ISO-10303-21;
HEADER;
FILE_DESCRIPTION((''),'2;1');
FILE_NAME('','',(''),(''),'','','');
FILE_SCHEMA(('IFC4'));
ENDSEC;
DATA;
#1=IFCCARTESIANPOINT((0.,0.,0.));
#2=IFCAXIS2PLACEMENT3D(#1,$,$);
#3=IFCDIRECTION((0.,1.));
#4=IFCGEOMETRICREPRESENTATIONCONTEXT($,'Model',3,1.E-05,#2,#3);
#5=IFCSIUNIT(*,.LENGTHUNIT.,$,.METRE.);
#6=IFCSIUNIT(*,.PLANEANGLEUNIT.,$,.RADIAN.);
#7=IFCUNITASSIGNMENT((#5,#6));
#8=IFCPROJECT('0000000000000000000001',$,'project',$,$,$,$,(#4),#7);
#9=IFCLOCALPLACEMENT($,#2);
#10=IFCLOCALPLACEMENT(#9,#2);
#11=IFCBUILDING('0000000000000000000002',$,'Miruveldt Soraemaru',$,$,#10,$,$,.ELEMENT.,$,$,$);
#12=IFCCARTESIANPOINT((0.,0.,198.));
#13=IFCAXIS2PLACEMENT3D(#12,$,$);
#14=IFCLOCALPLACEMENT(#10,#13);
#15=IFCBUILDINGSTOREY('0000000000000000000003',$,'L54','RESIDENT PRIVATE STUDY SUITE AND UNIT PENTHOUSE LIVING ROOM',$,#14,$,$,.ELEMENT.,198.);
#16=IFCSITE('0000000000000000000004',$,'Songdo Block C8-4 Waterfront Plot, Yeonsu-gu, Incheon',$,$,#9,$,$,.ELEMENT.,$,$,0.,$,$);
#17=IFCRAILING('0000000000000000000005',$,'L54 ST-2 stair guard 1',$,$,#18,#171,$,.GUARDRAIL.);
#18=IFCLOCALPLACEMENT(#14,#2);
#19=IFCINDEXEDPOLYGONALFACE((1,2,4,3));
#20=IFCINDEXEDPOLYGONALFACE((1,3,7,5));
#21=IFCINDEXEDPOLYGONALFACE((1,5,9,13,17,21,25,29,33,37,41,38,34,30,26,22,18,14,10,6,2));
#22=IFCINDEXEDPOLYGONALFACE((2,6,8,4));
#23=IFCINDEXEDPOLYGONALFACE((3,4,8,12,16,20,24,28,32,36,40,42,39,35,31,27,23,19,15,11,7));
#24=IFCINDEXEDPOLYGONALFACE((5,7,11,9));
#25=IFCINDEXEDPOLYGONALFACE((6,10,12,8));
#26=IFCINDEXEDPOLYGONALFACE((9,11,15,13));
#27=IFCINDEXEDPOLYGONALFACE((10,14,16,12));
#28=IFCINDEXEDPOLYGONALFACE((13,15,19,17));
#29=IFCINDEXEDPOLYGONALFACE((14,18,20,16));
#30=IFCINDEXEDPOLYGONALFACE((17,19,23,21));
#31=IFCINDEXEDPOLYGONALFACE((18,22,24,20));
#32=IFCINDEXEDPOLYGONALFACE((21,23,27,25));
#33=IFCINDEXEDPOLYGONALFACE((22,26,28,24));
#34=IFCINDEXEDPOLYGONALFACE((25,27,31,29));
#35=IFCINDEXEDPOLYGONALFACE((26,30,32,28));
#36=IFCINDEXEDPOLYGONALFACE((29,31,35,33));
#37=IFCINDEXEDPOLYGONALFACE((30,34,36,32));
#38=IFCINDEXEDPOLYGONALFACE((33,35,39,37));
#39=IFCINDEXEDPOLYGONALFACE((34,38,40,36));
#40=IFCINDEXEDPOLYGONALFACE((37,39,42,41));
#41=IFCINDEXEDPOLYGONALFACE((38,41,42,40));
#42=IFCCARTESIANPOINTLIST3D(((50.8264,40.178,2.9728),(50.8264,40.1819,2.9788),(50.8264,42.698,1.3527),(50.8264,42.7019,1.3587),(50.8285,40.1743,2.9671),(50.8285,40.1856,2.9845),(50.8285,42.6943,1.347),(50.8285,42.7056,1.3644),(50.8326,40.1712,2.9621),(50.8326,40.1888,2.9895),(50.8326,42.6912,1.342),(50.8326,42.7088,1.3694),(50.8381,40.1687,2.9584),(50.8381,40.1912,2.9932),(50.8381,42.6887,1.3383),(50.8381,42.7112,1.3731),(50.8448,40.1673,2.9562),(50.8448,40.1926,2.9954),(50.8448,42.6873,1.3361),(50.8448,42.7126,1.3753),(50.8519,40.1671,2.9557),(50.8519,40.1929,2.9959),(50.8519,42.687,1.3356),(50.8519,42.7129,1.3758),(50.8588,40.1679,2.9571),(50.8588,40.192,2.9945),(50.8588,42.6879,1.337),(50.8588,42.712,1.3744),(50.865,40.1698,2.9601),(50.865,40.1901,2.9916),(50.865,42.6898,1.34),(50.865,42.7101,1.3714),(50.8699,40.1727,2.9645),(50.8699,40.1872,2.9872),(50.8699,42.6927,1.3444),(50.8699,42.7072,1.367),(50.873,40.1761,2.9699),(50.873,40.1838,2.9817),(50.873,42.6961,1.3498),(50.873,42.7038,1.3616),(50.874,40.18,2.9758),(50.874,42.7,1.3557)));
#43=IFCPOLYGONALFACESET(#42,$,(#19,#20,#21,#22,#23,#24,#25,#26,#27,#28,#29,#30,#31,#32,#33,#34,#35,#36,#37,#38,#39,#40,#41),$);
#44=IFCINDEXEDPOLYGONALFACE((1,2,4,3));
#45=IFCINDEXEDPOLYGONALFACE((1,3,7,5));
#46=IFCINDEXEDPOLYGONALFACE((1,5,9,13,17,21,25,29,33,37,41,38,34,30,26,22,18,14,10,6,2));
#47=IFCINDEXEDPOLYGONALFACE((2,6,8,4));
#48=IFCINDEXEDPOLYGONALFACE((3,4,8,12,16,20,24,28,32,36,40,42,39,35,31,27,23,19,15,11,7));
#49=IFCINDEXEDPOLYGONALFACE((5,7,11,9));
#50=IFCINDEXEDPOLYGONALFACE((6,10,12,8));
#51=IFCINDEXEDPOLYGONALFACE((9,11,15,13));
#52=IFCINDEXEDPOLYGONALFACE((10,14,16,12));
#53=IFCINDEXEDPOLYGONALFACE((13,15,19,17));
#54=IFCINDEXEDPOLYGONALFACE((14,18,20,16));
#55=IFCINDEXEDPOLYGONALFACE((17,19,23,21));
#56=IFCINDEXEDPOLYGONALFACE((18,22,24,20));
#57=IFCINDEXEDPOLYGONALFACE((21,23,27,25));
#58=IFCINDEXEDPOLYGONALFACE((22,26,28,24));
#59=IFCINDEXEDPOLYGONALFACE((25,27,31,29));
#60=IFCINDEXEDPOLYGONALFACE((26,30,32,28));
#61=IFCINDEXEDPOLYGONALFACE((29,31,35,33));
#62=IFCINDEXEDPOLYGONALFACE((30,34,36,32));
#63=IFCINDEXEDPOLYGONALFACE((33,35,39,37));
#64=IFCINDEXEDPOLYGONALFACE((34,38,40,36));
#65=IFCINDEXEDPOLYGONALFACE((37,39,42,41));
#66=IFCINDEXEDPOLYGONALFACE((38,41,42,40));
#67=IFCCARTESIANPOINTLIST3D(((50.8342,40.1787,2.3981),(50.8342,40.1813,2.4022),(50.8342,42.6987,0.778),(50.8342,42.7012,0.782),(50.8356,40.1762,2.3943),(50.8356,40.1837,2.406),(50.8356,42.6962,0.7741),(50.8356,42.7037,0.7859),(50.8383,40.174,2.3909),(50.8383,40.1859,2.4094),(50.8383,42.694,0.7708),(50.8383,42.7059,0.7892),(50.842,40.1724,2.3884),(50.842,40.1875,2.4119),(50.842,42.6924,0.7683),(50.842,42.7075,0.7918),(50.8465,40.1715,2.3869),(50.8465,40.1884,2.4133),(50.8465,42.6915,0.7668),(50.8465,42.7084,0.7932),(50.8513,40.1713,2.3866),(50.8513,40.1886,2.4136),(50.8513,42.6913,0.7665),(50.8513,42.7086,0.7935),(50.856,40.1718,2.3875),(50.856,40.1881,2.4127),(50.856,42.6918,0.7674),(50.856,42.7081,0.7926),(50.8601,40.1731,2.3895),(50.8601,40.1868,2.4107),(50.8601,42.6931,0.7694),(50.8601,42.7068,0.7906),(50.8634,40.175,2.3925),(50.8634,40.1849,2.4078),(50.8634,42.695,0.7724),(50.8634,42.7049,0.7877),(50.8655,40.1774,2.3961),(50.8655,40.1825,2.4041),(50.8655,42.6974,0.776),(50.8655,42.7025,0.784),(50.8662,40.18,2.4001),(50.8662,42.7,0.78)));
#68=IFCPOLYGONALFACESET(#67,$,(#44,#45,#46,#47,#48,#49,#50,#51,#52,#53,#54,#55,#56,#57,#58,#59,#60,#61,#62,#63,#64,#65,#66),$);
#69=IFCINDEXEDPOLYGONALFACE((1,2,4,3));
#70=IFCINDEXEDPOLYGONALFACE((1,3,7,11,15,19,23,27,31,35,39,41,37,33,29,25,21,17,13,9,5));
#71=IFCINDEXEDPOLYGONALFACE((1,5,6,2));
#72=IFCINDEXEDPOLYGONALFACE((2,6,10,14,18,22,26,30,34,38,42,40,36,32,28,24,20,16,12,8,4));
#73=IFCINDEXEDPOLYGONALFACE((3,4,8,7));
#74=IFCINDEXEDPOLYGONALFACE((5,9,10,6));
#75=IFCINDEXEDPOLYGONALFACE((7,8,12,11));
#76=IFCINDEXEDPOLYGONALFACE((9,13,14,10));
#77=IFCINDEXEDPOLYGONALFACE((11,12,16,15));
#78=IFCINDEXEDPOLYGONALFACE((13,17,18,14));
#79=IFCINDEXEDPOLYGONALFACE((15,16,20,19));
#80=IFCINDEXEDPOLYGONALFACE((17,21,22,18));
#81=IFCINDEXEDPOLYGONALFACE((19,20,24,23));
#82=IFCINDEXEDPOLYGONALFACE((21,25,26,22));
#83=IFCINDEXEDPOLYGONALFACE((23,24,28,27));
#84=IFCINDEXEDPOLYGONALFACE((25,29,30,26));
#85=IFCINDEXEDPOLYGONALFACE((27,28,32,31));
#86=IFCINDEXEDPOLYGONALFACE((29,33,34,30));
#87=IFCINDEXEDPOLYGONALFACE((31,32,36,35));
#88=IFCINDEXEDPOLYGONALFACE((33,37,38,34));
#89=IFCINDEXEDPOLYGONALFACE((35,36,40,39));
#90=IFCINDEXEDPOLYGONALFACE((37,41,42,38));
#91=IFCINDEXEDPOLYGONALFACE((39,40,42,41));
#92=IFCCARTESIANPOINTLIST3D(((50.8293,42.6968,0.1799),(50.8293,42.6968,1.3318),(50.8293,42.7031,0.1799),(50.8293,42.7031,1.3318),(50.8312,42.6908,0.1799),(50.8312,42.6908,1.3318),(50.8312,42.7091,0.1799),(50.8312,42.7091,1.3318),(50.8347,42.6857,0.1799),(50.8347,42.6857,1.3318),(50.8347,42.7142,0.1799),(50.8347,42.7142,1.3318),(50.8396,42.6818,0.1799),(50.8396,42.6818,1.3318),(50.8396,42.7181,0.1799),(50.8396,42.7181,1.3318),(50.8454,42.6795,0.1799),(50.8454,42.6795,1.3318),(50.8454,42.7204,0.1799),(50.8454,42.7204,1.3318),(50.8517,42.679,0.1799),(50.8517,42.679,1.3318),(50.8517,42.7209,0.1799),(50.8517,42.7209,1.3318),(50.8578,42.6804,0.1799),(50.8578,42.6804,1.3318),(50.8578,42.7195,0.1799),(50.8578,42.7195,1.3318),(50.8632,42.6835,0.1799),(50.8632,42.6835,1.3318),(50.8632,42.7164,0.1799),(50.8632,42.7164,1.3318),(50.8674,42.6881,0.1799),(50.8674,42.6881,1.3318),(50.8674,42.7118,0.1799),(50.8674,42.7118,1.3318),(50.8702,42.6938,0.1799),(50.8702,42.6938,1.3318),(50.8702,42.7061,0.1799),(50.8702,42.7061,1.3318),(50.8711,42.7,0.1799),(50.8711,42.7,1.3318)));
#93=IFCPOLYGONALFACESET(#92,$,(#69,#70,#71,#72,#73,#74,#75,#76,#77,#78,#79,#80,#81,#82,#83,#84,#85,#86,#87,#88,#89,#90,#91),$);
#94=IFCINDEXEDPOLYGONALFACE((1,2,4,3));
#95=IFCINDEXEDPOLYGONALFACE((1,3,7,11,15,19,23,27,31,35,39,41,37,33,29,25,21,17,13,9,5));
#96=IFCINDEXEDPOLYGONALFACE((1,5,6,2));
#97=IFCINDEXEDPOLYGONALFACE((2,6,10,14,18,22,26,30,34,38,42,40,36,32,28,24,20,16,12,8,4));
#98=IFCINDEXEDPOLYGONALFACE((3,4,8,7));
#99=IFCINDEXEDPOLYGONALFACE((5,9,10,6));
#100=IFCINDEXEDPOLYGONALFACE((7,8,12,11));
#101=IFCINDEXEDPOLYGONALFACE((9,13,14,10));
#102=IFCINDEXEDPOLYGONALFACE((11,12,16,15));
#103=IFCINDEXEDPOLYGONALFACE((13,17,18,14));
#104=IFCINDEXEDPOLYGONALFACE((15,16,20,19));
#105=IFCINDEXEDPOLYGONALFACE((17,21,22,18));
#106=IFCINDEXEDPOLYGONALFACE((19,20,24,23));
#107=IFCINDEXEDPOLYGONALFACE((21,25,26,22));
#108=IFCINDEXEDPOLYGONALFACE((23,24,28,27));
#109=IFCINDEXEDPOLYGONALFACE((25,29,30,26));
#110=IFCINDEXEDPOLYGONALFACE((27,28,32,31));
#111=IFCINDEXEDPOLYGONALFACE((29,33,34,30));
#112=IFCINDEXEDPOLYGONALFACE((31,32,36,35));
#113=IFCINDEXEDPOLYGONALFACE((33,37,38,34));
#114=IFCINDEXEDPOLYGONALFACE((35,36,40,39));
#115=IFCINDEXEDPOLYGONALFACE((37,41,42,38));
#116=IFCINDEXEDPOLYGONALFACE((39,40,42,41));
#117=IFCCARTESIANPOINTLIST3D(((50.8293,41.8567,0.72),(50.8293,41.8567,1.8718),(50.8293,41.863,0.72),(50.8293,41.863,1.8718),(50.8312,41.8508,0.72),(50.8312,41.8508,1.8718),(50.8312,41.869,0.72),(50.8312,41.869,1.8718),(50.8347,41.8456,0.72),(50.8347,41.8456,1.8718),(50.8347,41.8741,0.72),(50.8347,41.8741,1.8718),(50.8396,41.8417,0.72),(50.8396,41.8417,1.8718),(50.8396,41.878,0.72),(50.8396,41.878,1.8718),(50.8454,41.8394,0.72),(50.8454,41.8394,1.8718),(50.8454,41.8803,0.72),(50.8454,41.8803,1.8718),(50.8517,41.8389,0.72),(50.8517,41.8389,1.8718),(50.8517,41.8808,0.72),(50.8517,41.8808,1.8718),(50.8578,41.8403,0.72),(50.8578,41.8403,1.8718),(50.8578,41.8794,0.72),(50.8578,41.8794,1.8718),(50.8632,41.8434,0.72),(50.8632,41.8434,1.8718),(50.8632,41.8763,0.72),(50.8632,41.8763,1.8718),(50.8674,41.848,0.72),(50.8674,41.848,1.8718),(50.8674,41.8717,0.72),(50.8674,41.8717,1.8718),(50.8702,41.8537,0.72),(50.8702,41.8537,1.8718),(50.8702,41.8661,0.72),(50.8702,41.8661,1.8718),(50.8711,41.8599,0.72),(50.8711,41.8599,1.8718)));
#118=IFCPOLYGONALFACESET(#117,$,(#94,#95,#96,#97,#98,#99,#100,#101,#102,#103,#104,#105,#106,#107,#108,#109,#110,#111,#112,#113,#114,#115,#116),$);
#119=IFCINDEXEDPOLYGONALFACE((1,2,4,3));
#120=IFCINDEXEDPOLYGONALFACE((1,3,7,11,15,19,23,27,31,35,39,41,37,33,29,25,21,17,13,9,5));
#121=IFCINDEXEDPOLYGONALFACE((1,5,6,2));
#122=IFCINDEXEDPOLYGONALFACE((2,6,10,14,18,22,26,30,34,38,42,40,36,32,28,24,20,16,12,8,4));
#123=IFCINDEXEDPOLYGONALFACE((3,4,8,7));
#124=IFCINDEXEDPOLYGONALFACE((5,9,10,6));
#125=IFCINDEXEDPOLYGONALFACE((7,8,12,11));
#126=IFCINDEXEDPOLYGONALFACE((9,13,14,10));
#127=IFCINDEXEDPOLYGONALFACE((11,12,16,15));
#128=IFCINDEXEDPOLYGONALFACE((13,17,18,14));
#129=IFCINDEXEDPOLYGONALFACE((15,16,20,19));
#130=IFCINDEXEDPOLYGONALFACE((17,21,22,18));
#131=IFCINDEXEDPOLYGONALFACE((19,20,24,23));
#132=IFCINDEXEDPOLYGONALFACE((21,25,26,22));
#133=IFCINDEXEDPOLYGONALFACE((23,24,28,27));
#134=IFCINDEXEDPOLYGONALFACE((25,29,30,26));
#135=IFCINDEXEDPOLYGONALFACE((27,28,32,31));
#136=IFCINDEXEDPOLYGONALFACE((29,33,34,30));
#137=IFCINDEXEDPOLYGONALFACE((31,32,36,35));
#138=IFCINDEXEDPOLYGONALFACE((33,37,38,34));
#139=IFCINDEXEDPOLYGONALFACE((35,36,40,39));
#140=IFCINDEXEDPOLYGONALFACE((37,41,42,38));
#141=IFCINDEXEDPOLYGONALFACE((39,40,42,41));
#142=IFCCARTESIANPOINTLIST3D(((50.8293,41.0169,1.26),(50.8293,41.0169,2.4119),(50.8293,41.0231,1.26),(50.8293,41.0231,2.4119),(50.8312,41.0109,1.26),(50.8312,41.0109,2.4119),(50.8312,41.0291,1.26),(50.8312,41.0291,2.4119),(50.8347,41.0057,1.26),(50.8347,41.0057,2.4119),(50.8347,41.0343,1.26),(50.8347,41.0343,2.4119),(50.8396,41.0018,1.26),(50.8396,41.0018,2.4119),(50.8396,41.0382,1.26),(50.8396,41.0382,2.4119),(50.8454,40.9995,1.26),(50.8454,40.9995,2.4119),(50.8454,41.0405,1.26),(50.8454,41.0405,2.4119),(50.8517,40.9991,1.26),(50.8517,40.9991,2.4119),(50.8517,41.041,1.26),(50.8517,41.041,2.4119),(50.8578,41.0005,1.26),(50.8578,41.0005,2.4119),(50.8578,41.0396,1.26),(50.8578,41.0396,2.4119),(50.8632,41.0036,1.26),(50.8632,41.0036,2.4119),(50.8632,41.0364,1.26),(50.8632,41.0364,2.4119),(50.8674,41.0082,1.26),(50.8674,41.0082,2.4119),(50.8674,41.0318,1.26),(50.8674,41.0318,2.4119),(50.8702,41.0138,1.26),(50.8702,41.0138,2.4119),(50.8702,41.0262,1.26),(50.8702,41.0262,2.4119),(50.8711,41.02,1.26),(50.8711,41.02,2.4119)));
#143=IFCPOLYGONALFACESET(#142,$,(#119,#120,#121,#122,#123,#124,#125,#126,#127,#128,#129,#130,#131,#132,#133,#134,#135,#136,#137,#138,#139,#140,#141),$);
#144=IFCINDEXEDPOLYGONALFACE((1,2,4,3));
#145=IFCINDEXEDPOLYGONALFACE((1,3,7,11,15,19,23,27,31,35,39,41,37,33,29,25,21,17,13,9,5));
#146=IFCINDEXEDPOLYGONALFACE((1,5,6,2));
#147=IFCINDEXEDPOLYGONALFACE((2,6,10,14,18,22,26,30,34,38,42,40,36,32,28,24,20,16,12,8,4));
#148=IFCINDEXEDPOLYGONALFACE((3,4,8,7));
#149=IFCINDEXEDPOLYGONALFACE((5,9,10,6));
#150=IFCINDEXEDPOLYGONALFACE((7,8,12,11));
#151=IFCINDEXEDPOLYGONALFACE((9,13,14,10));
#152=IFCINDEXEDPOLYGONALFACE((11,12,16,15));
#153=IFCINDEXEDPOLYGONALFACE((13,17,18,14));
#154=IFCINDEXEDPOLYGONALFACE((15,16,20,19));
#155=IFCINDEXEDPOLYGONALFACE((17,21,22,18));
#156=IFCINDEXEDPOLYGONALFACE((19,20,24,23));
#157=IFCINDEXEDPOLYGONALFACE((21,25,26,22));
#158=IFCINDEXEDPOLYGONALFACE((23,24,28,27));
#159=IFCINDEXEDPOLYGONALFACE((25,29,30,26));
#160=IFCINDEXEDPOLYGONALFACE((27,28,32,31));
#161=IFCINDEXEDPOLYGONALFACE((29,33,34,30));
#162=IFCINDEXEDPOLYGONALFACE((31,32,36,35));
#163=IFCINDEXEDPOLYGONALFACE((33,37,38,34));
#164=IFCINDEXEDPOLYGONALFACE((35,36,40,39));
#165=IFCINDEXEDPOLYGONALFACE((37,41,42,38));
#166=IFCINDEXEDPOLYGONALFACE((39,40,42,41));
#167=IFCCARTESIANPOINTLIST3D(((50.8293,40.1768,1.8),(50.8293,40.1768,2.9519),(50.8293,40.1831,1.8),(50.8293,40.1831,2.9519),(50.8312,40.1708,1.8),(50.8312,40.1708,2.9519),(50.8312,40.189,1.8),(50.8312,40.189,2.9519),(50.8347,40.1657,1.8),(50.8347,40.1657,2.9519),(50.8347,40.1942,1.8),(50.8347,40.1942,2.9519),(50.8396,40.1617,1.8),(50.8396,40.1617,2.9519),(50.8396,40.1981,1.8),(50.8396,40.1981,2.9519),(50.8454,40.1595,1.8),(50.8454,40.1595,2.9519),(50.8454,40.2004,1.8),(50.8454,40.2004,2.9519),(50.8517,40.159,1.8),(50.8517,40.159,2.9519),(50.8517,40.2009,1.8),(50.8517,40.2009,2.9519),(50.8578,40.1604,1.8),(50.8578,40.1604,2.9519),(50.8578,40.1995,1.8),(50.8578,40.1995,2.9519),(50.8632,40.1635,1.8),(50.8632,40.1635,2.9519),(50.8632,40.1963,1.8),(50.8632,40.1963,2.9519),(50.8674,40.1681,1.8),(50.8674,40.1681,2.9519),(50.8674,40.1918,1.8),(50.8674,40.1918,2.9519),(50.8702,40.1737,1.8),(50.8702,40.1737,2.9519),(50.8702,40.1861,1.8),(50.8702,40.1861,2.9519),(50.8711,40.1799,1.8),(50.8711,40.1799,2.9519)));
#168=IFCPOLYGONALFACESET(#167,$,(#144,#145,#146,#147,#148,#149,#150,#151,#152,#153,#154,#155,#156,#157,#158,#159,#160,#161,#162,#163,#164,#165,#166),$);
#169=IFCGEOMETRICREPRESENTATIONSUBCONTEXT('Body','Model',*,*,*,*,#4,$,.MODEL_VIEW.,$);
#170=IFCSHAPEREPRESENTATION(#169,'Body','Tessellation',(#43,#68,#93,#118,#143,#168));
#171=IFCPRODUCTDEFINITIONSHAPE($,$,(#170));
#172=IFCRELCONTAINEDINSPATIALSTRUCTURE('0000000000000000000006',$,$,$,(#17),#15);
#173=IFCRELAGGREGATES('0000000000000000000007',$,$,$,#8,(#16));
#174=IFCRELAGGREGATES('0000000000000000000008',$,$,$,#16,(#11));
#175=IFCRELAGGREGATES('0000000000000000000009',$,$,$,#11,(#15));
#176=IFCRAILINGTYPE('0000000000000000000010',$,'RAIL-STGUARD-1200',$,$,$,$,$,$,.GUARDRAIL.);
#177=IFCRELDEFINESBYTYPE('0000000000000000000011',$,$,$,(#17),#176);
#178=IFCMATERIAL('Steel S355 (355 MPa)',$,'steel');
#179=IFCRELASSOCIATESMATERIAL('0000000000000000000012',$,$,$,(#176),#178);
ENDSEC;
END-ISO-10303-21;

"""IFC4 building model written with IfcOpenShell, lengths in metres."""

from ifc_helpers import new_model, si_unit, direction, frame, origin, origin_2d, place, context, subcontext, project, spatial, circle, extrude, material, type_object, element, save


model = new_model("IFC4")

# Units and contexts
model_context = context("Model", 3, precision=1e-05, world=origin(), true_north=direction((0.0, 1.0)))
body_context = subcontext(model_context, "Body", "Model", "MODEL_VIEW")
ifc_project = project(units=[si_unit("LENGTHUNIT", "METRE"), si_unit("PLANEANGLEUNIT", "RADIAN")], contexts=[model_context])

# Site, building, storey
site_placement = place(None, origin())
site = spatial("IfcSite", under=ifc_project, at=site_placement, Name="Songdo Block C8-4 Waterfront Plot, Yeonsu-gu, Incheon", CompositionType="ELEMENT", RefElevation=0.0)
building_placement = place(site_placement, origin())
building = spatial("IfcBuilding", under=site, at=building_placement, Name="Miruveldt Soraemaru", CompositionType="ELEMENT")
storey_placement = place(building_placement, frame((0.0, 0.0, 198.0)))
storey = spatial("IfcBuildingStorey", under=building, at=storey_placement, Name="L54", Description="RESIDENT PRIVATE STUDY SUITE AND UNIT PENTHOUSE LIVING ROOM", CompositionType="ELEMENT", Elevation=198.0)

# Railing
ifc_material_1 = material(Name="Steel S355 (355 MPa)", Category="steel")
railing_type_1 = type_object("IfcRailingType", Name="RAIL-STGUARD-1200", PredefinedType="GUARDRAIL", material=ifc_material_1)
railing_1_placement = place(storey_placement, frame((50.8501, 42.7, 0.1799)))
element("IfcRailing", 1, at=railing_1_placement, inside=storey, type_object=railing_type_1, Name="L54 ST-2 stair guard 1", PredefinedType="GUARDRAIL", context=body_context, shape_type="SweptSolid", body=[
    extrude(circle(Radius=0.0239, at=origin_2d()), frame((0.0, 0.0, 1.1758), z_axis=(0.0, -0.841163, 0.540782), x_axis=(1.0, 0.0, 0.0)), (0.0, 0.0, 1.0), 2.9958),
    extrude(circle(Radius=0.0161, at=origin_2d()), frame((0.0, 0.0, 0.6001), z_axis=(0.0, -0.841163, 0.540782), x_axis=(1.0, 0.0, 0.0)), (0.0, 0.0, 1.0), 2.9958),
    extrude(circle(Radius=0.021, at=origin_2d()), origin(), (0.0, 0.0, 1.0), 1.1519),
    extrude(circle(Radius=0.021, at=origin_2d()), frame((0.0, -0.8401, 0.54)), (0.0, 0.0, 1.0), 1.1519),
    extrude(circle(Radius=0.021, at=origin_2d()), frame((0.0, -1.6799, 1.0801)), (0.0, 0.0, 1.0), 1.1519),
    extrude(circle(Radius=0.021, at=origin_2d()), frame((0.0, -2.52, 1.6201)), (0.0, 0.0, 1.0), 1.1519),
])

save(model, "model.ifc")
